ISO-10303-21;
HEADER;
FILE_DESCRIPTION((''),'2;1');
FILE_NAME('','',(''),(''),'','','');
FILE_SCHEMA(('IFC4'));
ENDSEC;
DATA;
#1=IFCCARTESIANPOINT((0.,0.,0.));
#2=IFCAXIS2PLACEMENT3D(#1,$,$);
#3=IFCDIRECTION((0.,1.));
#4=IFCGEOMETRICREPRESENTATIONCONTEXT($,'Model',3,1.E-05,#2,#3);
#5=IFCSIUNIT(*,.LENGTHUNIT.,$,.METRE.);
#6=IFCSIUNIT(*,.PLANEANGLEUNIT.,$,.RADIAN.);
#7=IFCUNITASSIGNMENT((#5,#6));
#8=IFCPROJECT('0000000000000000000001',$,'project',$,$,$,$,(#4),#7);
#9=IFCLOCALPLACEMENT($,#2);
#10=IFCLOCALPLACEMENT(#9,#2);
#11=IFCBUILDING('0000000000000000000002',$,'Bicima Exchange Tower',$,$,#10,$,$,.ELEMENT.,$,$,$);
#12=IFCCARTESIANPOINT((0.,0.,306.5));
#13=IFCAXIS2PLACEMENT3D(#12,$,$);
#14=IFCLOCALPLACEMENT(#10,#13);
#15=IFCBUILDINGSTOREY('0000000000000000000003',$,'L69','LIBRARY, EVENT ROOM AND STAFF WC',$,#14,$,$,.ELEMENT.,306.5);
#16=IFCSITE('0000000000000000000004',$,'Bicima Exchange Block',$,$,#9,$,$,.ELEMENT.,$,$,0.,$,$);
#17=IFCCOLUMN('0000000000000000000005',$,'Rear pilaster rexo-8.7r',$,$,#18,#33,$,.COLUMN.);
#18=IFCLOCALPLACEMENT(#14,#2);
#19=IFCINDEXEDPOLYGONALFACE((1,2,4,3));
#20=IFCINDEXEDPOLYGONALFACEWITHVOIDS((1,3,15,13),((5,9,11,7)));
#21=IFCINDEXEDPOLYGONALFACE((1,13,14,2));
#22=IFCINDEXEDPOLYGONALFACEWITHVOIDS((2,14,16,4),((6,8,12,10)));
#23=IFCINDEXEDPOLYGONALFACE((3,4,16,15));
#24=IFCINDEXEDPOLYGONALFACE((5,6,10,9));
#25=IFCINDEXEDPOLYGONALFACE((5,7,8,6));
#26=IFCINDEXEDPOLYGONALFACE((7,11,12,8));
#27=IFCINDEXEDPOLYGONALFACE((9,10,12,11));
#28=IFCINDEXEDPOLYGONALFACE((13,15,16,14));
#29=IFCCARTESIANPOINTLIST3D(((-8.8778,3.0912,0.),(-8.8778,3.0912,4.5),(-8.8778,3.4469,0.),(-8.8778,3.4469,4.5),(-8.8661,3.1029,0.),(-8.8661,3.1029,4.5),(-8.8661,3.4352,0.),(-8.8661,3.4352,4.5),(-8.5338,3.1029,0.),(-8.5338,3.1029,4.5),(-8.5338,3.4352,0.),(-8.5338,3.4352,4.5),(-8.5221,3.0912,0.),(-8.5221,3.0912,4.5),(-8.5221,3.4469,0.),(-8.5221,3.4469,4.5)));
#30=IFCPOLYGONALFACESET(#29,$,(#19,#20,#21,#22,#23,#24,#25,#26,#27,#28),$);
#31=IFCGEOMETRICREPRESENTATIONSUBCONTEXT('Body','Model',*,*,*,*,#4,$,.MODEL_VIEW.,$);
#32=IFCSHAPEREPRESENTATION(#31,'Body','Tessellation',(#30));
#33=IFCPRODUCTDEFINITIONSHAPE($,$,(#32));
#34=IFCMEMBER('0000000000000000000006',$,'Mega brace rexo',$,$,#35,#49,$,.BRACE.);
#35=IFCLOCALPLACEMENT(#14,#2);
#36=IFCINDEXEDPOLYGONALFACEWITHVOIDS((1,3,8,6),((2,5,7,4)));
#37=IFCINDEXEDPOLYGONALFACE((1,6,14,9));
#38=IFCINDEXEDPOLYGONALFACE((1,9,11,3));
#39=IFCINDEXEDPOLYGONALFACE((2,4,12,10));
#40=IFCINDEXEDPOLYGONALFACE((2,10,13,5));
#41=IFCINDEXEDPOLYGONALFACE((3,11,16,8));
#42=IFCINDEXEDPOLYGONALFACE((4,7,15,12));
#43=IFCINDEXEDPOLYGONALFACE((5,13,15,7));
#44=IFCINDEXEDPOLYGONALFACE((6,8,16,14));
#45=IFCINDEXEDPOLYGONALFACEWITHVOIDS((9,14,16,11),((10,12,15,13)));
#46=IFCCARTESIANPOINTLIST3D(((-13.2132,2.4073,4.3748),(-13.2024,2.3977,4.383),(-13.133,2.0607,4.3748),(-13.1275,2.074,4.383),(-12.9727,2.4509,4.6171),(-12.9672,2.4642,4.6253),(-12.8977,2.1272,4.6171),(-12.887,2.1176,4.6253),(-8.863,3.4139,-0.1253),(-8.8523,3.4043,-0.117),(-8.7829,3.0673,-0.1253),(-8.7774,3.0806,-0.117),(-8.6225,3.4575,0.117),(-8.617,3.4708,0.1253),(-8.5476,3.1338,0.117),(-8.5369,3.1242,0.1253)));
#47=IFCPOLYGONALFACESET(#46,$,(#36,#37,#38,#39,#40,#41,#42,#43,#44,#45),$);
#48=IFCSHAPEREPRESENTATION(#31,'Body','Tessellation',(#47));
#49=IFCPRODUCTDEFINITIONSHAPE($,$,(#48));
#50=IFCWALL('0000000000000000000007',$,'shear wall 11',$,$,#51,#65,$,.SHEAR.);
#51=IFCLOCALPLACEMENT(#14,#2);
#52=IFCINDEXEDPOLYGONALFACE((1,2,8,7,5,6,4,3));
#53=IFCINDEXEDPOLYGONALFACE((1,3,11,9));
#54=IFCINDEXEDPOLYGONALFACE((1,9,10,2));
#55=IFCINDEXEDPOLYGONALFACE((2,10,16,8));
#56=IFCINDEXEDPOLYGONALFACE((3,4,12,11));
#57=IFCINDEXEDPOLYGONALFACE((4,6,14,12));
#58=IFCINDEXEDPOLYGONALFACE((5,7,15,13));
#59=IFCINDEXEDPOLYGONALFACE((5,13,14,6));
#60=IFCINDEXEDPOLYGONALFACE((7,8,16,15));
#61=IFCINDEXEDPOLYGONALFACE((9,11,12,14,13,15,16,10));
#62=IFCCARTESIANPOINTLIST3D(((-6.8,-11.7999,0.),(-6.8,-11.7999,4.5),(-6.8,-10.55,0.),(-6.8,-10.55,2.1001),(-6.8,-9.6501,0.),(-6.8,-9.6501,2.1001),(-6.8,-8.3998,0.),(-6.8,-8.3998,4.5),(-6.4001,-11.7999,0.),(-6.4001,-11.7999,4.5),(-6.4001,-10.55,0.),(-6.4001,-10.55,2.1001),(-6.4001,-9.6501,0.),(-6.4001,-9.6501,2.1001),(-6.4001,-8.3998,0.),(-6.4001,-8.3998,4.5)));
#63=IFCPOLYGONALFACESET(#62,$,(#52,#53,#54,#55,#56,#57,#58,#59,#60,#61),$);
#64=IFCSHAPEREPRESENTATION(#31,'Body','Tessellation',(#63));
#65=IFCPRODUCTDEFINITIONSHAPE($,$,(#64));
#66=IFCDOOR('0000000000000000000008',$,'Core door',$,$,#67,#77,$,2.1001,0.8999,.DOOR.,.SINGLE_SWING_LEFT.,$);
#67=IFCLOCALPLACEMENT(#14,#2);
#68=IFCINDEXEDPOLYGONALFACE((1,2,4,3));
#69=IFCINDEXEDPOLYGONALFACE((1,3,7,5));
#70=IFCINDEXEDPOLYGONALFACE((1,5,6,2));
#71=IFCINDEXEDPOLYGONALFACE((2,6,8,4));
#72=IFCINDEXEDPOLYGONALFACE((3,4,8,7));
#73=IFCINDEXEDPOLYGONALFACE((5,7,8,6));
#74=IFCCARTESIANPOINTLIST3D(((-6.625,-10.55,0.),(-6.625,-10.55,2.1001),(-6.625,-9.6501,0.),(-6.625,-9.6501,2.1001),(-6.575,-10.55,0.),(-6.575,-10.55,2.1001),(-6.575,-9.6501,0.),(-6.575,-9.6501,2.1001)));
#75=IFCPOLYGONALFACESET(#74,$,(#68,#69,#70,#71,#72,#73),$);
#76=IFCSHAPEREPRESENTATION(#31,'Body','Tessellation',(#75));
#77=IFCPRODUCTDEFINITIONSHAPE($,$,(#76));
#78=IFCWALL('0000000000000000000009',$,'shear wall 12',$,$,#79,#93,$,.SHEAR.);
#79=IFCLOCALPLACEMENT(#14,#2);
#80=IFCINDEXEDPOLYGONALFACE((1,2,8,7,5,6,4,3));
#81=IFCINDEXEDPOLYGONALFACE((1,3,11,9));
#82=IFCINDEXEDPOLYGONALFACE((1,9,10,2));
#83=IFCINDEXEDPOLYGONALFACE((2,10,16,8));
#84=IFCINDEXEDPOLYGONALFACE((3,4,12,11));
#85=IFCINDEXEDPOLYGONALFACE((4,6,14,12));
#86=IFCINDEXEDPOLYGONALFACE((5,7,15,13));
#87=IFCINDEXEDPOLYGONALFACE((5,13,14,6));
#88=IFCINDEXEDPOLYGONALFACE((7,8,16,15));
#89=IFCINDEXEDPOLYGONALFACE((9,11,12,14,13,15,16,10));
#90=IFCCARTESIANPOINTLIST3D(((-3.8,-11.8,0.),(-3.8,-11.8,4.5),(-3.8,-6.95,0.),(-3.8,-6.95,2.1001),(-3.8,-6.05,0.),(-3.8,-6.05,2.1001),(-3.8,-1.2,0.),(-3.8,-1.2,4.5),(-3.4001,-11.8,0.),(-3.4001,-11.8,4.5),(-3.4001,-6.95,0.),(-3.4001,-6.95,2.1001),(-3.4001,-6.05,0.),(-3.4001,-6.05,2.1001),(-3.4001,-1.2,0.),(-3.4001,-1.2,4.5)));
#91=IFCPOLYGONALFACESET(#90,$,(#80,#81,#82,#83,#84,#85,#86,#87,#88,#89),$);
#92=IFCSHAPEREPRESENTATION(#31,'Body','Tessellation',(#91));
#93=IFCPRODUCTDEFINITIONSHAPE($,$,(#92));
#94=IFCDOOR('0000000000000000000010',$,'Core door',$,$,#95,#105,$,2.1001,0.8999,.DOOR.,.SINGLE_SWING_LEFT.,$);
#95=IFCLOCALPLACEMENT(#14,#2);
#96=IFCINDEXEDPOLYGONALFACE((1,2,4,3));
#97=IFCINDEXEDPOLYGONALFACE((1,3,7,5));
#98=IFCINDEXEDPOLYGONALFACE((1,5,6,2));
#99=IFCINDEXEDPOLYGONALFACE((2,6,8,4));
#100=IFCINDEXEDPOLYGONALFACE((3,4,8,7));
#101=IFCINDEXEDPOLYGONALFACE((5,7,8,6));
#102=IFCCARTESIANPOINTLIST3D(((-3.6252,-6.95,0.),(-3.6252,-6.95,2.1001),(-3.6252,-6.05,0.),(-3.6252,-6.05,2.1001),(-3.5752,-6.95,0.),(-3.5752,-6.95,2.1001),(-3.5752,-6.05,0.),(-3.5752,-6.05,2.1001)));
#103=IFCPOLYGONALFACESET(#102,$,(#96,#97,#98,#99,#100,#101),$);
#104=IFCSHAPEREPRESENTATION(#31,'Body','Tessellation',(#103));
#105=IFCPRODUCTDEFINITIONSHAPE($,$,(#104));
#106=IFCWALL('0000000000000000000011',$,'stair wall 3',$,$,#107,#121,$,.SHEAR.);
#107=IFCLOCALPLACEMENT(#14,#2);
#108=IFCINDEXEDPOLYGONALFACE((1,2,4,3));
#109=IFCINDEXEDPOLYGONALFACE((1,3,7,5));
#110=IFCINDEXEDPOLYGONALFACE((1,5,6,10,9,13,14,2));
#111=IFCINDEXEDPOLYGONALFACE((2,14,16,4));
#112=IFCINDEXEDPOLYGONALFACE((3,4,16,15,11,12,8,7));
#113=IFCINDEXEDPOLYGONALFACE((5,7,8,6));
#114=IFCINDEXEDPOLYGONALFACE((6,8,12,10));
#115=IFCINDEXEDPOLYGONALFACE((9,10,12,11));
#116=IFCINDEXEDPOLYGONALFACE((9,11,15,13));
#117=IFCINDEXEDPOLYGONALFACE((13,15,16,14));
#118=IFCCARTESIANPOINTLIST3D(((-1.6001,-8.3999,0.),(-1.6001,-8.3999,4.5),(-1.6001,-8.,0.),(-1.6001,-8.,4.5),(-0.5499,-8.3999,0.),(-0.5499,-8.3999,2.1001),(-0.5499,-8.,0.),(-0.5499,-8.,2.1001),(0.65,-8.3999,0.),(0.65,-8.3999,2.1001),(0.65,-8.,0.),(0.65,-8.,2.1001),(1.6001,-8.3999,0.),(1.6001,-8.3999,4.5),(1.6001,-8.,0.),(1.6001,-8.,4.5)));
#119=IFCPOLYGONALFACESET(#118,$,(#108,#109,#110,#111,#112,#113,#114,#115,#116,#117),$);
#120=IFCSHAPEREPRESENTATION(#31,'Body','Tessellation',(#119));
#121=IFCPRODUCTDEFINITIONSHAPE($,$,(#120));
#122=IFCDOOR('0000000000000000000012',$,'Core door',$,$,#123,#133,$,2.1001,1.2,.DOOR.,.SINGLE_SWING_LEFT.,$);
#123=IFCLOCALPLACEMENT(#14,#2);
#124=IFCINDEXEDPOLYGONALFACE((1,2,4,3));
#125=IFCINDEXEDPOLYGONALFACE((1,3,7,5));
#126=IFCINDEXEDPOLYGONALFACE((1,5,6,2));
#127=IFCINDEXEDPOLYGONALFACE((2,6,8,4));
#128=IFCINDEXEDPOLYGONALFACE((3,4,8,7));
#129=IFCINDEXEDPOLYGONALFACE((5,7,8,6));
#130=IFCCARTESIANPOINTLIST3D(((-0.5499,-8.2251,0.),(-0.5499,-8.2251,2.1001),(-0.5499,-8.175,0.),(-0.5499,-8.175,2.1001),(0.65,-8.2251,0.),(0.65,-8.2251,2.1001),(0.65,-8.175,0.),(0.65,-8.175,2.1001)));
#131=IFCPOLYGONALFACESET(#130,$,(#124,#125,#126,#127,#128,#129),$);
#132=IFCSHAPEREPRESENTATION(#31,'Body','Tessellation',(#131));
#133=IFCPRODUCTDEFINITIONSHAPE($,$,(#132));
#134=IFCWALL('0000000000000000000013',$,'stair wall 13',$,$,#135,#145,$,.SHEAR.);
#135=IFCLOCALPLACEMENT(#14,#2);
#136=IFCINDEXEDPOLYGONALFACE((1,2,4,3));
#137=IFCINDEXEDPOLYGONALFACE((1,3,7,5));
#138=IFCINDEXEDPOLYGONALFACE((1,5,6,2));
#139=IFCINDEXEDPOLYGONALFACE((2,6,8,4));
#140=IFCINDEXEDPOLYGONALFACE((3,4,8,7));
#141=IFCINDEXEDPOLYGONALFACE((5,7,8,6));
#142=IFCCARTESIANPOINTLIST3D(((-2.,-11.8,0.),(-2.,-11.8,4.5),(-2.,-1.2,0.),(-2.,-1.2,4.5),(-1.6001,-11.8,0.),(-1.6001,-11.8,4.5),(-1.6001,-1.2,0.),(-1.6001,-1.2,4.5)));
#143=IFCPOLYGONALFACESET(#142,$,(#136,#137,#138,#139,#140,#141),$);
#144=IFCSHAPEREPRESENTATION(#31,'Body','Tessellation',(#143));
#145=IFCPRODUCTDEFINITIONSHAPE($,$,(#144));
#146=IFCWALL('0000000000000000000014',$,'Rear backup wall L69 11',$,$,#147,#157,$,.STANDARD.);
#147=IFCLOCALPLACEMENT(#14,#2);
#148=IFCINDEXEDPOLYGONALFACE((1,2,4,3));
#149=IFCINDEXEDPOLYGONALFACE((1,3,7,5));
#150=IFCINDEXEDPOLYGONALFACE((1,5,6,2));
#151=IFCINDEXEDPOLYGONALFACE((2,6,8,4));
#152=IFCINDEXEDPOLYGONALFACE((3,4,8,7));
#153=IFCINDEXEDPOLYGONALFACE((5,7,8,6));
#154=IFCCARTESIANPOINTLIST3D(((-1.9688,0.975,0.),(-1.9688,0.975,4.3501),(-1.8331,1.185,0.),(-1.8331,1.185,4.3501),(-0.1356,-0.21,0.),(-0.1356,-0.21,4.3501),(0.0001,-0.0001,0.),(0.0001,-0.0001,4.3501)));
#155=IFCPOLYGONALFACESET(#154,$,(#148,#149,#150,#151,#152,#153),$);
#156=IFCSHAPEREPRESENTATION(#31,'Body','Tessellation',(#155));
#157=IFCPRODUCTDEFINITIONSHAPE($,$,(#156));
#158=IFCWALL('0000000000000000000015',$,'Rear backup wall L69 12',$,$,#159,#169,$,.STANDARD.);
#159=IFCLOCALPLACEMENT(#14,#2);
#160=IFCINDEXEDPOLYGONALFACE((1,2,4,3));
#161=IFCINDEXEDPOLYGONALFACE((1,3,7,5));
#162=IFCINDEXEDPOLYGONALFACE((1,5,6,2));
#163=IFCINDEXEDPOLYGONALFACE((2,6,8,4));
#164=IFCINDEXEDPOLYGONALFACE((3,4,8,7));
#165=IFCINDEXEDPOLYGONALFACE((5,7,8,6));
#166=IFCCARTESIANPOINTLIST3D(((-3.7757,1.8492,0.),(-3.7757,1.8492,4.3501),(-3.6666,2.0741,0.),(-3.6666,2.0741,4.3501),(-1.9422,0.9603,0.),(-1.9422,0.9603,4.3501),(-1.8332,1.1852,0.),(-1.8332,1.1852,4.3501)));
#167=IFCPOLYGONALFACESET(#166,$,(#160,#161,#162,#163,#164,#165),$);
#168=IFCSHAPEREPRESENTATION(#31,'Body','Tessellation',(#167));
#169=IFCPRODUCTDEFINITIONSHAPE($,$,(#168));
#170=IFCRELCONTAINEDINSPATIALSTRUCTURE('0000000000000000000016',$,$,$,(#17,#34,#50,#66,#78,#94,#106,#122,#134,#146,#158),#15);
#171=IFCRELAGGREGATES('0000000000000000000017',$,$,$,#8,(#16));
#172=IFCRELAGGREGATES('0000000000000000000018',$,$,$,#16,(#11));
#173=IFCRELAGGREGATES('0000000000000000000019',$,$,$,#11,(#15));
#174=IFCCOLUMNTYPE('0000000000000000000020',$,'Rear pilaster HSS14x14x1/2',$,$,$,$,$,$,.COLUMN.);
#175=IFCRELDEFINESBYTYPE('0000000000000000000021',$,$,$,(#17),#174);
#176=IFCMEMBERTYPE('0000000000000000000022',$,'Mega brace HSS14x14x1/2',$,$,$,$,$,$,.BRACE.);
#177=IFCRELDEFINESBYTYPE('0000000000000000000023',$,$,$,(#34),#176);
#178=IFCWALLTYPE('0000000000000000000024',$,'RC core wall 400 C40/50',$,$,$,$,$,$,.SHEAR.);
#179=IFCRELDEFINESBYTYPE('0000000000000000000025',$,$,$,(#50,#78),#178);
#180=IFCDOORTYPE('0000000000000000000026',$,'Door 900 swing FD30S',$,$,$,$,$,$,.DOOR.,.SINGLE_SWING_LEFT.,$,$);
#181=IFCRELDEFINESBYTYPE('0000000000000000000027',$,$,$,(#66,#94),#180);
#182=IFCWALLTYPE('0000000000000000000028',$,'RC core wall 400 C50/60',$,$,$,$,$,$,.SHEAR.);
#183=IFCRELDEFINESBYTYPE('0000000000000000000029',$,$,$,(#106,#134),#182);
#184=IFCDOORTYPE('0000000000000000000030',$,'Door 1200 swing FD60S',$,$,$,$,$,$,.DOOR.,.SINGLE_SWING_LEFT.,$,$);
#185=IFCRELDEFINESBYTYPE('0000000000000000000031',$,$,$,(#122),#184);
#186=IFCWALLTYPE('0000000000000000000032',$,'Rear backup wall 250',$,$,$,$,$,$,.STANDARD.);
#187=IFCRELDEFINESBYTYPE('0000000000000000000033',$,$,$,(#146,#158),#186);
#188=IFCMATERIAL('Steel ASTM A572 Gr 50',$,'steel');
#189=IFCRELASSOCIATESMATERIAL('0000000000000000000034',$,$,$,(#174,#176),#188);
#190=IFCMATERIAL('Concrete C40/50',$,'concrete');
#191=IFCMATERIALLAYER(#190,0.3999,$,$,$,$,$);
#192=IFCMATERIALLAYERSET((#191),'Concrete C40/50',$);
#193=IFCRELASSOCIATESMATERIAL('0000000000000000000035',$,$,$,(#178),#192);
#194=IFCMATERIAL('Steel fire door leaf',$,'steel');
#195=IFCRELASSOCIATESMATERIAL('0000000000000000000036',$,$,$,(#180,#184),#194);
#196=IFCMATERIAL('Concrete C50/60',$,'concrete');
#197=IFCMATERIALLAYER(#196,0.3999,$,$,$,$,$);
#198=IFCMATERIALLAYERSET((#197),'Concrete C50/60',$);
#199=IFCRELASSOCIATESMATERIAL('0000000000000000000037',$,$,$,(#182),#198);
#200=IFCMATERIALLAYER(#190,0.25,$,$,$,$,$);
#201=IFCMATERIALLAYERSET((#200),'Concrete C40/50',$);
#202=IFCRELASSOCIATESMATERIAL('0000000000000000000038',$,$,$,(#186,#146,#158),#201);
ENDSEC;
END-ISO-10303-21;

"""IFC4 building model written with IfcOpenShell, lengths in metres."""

from ifc_helpers import new_model, si_unit, direction, frame, frame_2d, origin, origin_2d, place, context, subcontext, project, spatial, rectangle, hollow_rectangle, extrude, material, layer, layer_set, layer_usage, material_profile, profile_set, type_object, element, fill, save


model = new_model("IFC4")

# Units and contexts
model_context = context("Model", 3, precision=1e-05, world=origin(), true_north=direction((0.0, 1.0)))
body_context = subcontext(model_context, "Body", "Model", "MODEL_VIEW")
ifc_project = project(units=[si_unit("LENGTHUNIT", "METRE"), si_unit("PLANEANGLEUNIT", "RADIAN")], contexts=[model_context])

# Site, building, storey
site_placement = place(None, origin())
site = spatial("IfcSite", under=ifc_project, at=site_placement, Name="Bicima Exchange Block", CompositionType="ELEMENT", RefElevation=0.0)
building_placement = place(site_placement, origin())
building = spatial("IfcBuilding", under=site, at=building_placement, Name="Bicima Exchange Tower", CompositionType="ELEMENT")
storey_placement = place(building_placement, frame((0.0, 0.0, 306.5)))
storey = spatial("IfcBuildingStorey", under=building, at=storey_placement, Name="L69", Description="LIBRARY, EVENT ROOM AND STAFF WC", CompositionType="ELEMENT", Elevation=306.5)

# Column
ifc_material_1 = material(Name="Steel ASTM A572 Gr 50", Category="steel")
ifc_material_profile = material_profile(ifc_material_1, hollow_rectangle(XDim=0.3557, YDim=0.3557, WallThickness=0.0117, at=origin_2d()))
ifc_profile_set = profile_set([ifc_material_profile], Name="Steel ASTM A572 Gr 50")
column_type = type_object("IfcColumnType", Name="Rear pilaster HSS14x14x1/2", PredefinedType="COLUMN", material=ifc_profile_set)
column_placement = place(storey_placement, frame((-8.7, 3.269, 0.0), z_axis=(0.0, 0.0, 1.0), x_axis=(1.0, 0.0, 0.0)))
element("IfcColumn", 1, at=column_placement, inside=storey, type_object=column_type, Name="Rear pilaster rexo-8.7r", PredefinedType="COLUMN", context=body_context, shape_type="SweptSolid", body=[
    extrude(hollow_rectangle(XDim=0.3557, YDim=0.3557, WallThickness=0.0117, at=origin_2d()), origin(), (0.0, 0.0, 1.0), 4.5),
])

# Member
member_type = type_object("IfcMemberType", Name="Mega brace HSS14x14x1/2", PredefinedType="BRACE", material=ifc_profile_set)
member_placement = place(storey_placement, frame((-8.7, 3.269, 0.0), z_axis=(-0.686212, -0.158786, 0.709859), x_axis=(0.225439, -0.974257, 0.0)))
element("IfcMember", 2, at=member_placement, inside=storey, type_object=member_type, Name="Mega brace rexo", PredefinedType="BRACE", context=body_context, shape_type="SweptSolid", body=[
    extrude(hollow_rectangle(XDim=0.3557, YDim=0.3557, WallThickness=0.0117, at=origin_2d()), origin(), (0.0, 0.0, 1.0), 6.3394),
])

# Walls, openings, doors
ifc_material_2 = material(Name="Concrete C40/50", Category="concrete")
ifc_layer_1 = layer(ifc_material_2, 0.3999)
ifc_layer_set_1 = layer_set([ifc_layer_1], Name="Concrete C40/50")
wall_type_1 = type_object("IfcWallType", Name="RC core wall 400 C40/50", PredefinedType="SHEAR", material=ifc_layer_set_1)
wall_1_placement = place(storey_placement, frame((-6.6001, -11.8, 0.0), z_axis=(0.0, 0.0, 1.0), x_axis=(0.0, 1.0, 0.0)))
wall_1 = element("IfcWall", 3, at=wall_1_placement, inside=storey, type_object=wall_type_1, Name="shear wall 11", PredefinedType="SHEAR", context=body_context, shape_type="SweptSolid", body=[
    extrude(rectangle(XDim=3.4001, YDim=0.3999, at=frame_2d((1.7002, 0.0))), origin(), (0.0, 0.0, 1.0), 4.5),
])
opening_1_placement = place(wall_1_placement, frame((1.25, 0.0, 0.0)))
opening_1 = element("IfcOpeningElement", 4, at=opening_1_placement, cuts=wall_1, PredefinedType="OPENING", context=body_context, shape_type="SweptSolid", body=[
    extrude(rectangle(XDim=0.8999, YDim=2.1001, at=frame_2d((0.45, 1.05))), frame((0.0, 0.2119, 0.0), z_axis=(0.0, -1.0, 0.0), x_axis=(1.0, 0.0, 0.0)), (0.0, 0.0, 1.0), 0.4238),
])
ifc_material_3 = material(Name="Steel fire door leaf", Category="steel")
door_type_1 = type_object("IfcDoorType", Name="Door 900 swing FD30S", OperationType="SINGLE_SWING_LEFT", PredefinedType="DOOR", material=ifc_material_3)
door_1_placement = place(opening_1_placement, origin())
door_1 = element("IfcDoor", 5, at=door_1_placement, inside=storey, type_object=door_type_1, Name="Core door", OperationType="SINGLE_SWING_LEFT", OverallHeight=2.1001, OverallWidth=0.8999, PredefinedType="DOOR", context=body_context, shape_type="SweptSolid", body=[
    extrude(rectangle(XDim=0.8999, YDim=2.1001, at=frame_2d((0.45, 1.05))), frame((0.0, 0.0249, 0.0), z_axis=(0.0, -1.0, 0.0), x_axis=(1.0, 0.0, 0.0)), (0.0, 0.0, 1.0), 0.05),
])
fill(opening_1, door_1)
wall_2_placement = place(storey_placement, frame((-3.6001, -11.8, 0.0), z_axis=(0.0, 0.0, 1.0), x_axis=(0.0, 1.0, 0.0)))
wall_2 = element("IfcWall", 6, at=wall_2_placement, inside=storey, type_object=wall_type_1, Name="shear wall 12", PredefinedType="SHEAR", context=body_context, shape_type="SweptSolid", body=[
    extrude(rectangle(XDim=10.6001, YDim=0.3999, at=frame_2d((5.3, 0.0))), origin(), (0.0, 0.0, 1.0), 4.5),
])
opening_2_placement = place(wall_2_placement, frame((4.8501, 0.0, 0.0)))
opening_2 = element("IfcOpeningElement", 7, at=opening_2_placement, cuts=wall_2, PredefinedType="OPENING", context=body_context, shape_type="SweptSolid", body=[
    extrude(rectangle(XDim=0.8999, YDim=2.1001, at=frame_2d((0.45, 1.05))), frame((0.0, 0.2119, 0.0), z_axis=(0.0, -1.0, 0.0), x_axis=(1.0, 0.0, 0.0)), (0.0, 0.0, 1.0), 0.4238),
])
door_2_placement = place(opening_2_placement, frame((0.8999, 0.0, 0.0), z_axis=(0.0, 0.0, 1.0), x_axis=(-1.0, 0.0, 0.0)))
door_2 = element("IfcDoor", 8, at=door_2_placement, inside=storey, type_object=door_type_1, Name="Core door", OperationType="SINGLE_SWING_LEFT", OverallHeight=2.1001, OverallWidth=0.8999, PredefinedType="DOOR", context=body_context, shape_type="SweptSolid", body=[
    extrude(rectangle(XDim=0.8999, YDim=2.1001, at=frame_2d((0.45, 1.05))), frame((0.0, 0.0249, 0.0), z_axis=(0.0, -1.0, 0.0), x_axis=(1.0, 0.0, 0.0)), (0.0, 0.0, 1.0), 0.05),
])
fill(opening_2, door_2)
ifc_material_4 = material(Name="Concrete C50/60", Category="concrete")
ifc_layer_2 = layer(ifc_material_4, 0.3999)
ifc_layer_set_2 = layer_set([ifc_layer_2], Name="Concrete C50/60")
wall_type_2 = type_object("IfcWallType", Name="RC core wall 400 C50/60", PredefinedType="SHEAR", material=ifc_layer_set_2)
wall_3_placement = place(storey_placement, frame((-1.6001, -8.2, 0.0), z_axis=(0.0, 0.0, 1.0), x_axis=(1.0, 0.0, 0.0)))
wall_3 = element("IfcWall", 9, at=wall_3_placement, inside=storey, type_object=wall_type_2, Name="stair wall 3", PredefinedType="SHEAR", context=body_context, shape_type="SweptSolid", body=[
    extrude(rectangle(XDim=3.2002, YDim=0.3999, at=frame_2d((1.6001, 0.0))), origin(), (0.0, 0.0, 1.0), 4.5),
])
opening_3_placement = place(wall_3_placement, frame((1.05, 0.0, 0.0)))
opening_3 = element("IfcOpeningElement", 10, at=opening_3_placement, cuts=wall_3, PredefinedType="OPENING", context=body_context, shape_type="SweptSolid", body=[
    extrude(rectangle(XDim=1.2, YDim=2.1001, at=frame_2d((0.6001, 1.05))), frame((0.0, 0.2119, 0.0), z_axis=(0.0, -1.0, 0.0), x_axis=(1.0, 0.0, 0.0)), (0.0, 0.0, 1.0), 0.4238),
])
door_type_2 = type_object("IfcDoorType", Name="Door 1200 swing FD60S", OperationType="SINGLE_SWING_LEFT", PredefinedType="DOOR", material=ifc_material_3)
door_3_placement = place(opening_3_placement, origin())
door_3 = element("IfcDoor", 11, at=door_3_placement, inside=storey, type_object=door_type_2, Name="Core door", OperationType="SINGLE_SWING_LEFT", OverallHeight=2.1001, OverallWidth=1.2, PredefinedType="DOOR", context=body_context, shape_type="SweptSolid", body=[
    extrude(rectangle(XDim=1.2, YDim=2.1001, at=frame_2d((0.6001, 1.05))), frame((0.0, 0.0249, 0.0), z_axis=(0.0, -1.0, 0.0), x_axis=(1.0, 0.0, 0.0)), (0.0, 0.0, 1.0), 0.05),
])
fill(opening_3, door_3)

# Walls
wall_4_placement = place(storey_placement, frame((-1.8, -11.8, 0.0), z_axis=(0.0, 0.0, 1.0), x_axis=(0.0, 1.0, 0.0)))
element("IfcWall", 12, at=wall_4_placement, inside=storey, type_object=wall_type_2, Name="stair wall 13", PredefinedType="SHEAR", context=body_context, shape_type="SweptSolid", body=[
    extrude(rectangle(XDim=10.6001, YDim=0.3999, at=frame_2d((5.3, 0.0))), origin(), (0.0, 0.0, 1.0), 4.5),
])
ifc_layer_3 = layer(ifc_material_2, 0.25)
ifc_layer_set_3 = layer_set([ifc_layer_3], Name="Concrete C40/50")
ifc_layer_usage = layer_usage(ifc_layer_set_3, "AXIS2", "POSITIVE", -0.125)
wall_type_3 = type_object("IfcWallType", Name="Rear backup wall 250", PredefinedType="STANDARD", material=ifc_layer_set_3)
wall_5_placement = place(storey_placement, frame((-0.0679, -0.105, 0.0), z_axis=(0.0, 0.0, 1.0), x_axis=(-0.839813, 0.542876, 0.0)))
element("IfcWall", 13, at=wall_5_placement, inside=storey, type_object=wall_type_3, material=ifc_layer_usage, Name="Rear backup wall L69 11", PredefinedType="STANDARD", context=body_context, shape_type="SweptSolid", body=[
    extrude(rectangle(XDim=2.1829, YDim=0.25, at=frame_2d((1.0913, 0.0))), origin(), (0.0, 0.0, 1.0), 4.3501),
])
wall_6_placement = place(storey_placement, frame((-1.8877, 1.0728, 0.0), z_axis=(0.0, 0.0, 1.0), x_axis=(-0.899824, 0.436253, 0.0)))
element("IfcWall", 14, at=wall_6_placement, inside=storey, type_object=wall_type_3, material=ifc_layer_usage, Name="Rear backup wall L69 12", PredefinedType="STANDARD", context=body_context, shape_type="SweptSolid", body=[
    extrude(rectangle(XDim=2.0376, YDim=0.25, at=frame_2d((1.0188, 0.0))), origin(), (0.0, 0.0, 1.0), 4.3501),
])

save(model, "model.ifc")
